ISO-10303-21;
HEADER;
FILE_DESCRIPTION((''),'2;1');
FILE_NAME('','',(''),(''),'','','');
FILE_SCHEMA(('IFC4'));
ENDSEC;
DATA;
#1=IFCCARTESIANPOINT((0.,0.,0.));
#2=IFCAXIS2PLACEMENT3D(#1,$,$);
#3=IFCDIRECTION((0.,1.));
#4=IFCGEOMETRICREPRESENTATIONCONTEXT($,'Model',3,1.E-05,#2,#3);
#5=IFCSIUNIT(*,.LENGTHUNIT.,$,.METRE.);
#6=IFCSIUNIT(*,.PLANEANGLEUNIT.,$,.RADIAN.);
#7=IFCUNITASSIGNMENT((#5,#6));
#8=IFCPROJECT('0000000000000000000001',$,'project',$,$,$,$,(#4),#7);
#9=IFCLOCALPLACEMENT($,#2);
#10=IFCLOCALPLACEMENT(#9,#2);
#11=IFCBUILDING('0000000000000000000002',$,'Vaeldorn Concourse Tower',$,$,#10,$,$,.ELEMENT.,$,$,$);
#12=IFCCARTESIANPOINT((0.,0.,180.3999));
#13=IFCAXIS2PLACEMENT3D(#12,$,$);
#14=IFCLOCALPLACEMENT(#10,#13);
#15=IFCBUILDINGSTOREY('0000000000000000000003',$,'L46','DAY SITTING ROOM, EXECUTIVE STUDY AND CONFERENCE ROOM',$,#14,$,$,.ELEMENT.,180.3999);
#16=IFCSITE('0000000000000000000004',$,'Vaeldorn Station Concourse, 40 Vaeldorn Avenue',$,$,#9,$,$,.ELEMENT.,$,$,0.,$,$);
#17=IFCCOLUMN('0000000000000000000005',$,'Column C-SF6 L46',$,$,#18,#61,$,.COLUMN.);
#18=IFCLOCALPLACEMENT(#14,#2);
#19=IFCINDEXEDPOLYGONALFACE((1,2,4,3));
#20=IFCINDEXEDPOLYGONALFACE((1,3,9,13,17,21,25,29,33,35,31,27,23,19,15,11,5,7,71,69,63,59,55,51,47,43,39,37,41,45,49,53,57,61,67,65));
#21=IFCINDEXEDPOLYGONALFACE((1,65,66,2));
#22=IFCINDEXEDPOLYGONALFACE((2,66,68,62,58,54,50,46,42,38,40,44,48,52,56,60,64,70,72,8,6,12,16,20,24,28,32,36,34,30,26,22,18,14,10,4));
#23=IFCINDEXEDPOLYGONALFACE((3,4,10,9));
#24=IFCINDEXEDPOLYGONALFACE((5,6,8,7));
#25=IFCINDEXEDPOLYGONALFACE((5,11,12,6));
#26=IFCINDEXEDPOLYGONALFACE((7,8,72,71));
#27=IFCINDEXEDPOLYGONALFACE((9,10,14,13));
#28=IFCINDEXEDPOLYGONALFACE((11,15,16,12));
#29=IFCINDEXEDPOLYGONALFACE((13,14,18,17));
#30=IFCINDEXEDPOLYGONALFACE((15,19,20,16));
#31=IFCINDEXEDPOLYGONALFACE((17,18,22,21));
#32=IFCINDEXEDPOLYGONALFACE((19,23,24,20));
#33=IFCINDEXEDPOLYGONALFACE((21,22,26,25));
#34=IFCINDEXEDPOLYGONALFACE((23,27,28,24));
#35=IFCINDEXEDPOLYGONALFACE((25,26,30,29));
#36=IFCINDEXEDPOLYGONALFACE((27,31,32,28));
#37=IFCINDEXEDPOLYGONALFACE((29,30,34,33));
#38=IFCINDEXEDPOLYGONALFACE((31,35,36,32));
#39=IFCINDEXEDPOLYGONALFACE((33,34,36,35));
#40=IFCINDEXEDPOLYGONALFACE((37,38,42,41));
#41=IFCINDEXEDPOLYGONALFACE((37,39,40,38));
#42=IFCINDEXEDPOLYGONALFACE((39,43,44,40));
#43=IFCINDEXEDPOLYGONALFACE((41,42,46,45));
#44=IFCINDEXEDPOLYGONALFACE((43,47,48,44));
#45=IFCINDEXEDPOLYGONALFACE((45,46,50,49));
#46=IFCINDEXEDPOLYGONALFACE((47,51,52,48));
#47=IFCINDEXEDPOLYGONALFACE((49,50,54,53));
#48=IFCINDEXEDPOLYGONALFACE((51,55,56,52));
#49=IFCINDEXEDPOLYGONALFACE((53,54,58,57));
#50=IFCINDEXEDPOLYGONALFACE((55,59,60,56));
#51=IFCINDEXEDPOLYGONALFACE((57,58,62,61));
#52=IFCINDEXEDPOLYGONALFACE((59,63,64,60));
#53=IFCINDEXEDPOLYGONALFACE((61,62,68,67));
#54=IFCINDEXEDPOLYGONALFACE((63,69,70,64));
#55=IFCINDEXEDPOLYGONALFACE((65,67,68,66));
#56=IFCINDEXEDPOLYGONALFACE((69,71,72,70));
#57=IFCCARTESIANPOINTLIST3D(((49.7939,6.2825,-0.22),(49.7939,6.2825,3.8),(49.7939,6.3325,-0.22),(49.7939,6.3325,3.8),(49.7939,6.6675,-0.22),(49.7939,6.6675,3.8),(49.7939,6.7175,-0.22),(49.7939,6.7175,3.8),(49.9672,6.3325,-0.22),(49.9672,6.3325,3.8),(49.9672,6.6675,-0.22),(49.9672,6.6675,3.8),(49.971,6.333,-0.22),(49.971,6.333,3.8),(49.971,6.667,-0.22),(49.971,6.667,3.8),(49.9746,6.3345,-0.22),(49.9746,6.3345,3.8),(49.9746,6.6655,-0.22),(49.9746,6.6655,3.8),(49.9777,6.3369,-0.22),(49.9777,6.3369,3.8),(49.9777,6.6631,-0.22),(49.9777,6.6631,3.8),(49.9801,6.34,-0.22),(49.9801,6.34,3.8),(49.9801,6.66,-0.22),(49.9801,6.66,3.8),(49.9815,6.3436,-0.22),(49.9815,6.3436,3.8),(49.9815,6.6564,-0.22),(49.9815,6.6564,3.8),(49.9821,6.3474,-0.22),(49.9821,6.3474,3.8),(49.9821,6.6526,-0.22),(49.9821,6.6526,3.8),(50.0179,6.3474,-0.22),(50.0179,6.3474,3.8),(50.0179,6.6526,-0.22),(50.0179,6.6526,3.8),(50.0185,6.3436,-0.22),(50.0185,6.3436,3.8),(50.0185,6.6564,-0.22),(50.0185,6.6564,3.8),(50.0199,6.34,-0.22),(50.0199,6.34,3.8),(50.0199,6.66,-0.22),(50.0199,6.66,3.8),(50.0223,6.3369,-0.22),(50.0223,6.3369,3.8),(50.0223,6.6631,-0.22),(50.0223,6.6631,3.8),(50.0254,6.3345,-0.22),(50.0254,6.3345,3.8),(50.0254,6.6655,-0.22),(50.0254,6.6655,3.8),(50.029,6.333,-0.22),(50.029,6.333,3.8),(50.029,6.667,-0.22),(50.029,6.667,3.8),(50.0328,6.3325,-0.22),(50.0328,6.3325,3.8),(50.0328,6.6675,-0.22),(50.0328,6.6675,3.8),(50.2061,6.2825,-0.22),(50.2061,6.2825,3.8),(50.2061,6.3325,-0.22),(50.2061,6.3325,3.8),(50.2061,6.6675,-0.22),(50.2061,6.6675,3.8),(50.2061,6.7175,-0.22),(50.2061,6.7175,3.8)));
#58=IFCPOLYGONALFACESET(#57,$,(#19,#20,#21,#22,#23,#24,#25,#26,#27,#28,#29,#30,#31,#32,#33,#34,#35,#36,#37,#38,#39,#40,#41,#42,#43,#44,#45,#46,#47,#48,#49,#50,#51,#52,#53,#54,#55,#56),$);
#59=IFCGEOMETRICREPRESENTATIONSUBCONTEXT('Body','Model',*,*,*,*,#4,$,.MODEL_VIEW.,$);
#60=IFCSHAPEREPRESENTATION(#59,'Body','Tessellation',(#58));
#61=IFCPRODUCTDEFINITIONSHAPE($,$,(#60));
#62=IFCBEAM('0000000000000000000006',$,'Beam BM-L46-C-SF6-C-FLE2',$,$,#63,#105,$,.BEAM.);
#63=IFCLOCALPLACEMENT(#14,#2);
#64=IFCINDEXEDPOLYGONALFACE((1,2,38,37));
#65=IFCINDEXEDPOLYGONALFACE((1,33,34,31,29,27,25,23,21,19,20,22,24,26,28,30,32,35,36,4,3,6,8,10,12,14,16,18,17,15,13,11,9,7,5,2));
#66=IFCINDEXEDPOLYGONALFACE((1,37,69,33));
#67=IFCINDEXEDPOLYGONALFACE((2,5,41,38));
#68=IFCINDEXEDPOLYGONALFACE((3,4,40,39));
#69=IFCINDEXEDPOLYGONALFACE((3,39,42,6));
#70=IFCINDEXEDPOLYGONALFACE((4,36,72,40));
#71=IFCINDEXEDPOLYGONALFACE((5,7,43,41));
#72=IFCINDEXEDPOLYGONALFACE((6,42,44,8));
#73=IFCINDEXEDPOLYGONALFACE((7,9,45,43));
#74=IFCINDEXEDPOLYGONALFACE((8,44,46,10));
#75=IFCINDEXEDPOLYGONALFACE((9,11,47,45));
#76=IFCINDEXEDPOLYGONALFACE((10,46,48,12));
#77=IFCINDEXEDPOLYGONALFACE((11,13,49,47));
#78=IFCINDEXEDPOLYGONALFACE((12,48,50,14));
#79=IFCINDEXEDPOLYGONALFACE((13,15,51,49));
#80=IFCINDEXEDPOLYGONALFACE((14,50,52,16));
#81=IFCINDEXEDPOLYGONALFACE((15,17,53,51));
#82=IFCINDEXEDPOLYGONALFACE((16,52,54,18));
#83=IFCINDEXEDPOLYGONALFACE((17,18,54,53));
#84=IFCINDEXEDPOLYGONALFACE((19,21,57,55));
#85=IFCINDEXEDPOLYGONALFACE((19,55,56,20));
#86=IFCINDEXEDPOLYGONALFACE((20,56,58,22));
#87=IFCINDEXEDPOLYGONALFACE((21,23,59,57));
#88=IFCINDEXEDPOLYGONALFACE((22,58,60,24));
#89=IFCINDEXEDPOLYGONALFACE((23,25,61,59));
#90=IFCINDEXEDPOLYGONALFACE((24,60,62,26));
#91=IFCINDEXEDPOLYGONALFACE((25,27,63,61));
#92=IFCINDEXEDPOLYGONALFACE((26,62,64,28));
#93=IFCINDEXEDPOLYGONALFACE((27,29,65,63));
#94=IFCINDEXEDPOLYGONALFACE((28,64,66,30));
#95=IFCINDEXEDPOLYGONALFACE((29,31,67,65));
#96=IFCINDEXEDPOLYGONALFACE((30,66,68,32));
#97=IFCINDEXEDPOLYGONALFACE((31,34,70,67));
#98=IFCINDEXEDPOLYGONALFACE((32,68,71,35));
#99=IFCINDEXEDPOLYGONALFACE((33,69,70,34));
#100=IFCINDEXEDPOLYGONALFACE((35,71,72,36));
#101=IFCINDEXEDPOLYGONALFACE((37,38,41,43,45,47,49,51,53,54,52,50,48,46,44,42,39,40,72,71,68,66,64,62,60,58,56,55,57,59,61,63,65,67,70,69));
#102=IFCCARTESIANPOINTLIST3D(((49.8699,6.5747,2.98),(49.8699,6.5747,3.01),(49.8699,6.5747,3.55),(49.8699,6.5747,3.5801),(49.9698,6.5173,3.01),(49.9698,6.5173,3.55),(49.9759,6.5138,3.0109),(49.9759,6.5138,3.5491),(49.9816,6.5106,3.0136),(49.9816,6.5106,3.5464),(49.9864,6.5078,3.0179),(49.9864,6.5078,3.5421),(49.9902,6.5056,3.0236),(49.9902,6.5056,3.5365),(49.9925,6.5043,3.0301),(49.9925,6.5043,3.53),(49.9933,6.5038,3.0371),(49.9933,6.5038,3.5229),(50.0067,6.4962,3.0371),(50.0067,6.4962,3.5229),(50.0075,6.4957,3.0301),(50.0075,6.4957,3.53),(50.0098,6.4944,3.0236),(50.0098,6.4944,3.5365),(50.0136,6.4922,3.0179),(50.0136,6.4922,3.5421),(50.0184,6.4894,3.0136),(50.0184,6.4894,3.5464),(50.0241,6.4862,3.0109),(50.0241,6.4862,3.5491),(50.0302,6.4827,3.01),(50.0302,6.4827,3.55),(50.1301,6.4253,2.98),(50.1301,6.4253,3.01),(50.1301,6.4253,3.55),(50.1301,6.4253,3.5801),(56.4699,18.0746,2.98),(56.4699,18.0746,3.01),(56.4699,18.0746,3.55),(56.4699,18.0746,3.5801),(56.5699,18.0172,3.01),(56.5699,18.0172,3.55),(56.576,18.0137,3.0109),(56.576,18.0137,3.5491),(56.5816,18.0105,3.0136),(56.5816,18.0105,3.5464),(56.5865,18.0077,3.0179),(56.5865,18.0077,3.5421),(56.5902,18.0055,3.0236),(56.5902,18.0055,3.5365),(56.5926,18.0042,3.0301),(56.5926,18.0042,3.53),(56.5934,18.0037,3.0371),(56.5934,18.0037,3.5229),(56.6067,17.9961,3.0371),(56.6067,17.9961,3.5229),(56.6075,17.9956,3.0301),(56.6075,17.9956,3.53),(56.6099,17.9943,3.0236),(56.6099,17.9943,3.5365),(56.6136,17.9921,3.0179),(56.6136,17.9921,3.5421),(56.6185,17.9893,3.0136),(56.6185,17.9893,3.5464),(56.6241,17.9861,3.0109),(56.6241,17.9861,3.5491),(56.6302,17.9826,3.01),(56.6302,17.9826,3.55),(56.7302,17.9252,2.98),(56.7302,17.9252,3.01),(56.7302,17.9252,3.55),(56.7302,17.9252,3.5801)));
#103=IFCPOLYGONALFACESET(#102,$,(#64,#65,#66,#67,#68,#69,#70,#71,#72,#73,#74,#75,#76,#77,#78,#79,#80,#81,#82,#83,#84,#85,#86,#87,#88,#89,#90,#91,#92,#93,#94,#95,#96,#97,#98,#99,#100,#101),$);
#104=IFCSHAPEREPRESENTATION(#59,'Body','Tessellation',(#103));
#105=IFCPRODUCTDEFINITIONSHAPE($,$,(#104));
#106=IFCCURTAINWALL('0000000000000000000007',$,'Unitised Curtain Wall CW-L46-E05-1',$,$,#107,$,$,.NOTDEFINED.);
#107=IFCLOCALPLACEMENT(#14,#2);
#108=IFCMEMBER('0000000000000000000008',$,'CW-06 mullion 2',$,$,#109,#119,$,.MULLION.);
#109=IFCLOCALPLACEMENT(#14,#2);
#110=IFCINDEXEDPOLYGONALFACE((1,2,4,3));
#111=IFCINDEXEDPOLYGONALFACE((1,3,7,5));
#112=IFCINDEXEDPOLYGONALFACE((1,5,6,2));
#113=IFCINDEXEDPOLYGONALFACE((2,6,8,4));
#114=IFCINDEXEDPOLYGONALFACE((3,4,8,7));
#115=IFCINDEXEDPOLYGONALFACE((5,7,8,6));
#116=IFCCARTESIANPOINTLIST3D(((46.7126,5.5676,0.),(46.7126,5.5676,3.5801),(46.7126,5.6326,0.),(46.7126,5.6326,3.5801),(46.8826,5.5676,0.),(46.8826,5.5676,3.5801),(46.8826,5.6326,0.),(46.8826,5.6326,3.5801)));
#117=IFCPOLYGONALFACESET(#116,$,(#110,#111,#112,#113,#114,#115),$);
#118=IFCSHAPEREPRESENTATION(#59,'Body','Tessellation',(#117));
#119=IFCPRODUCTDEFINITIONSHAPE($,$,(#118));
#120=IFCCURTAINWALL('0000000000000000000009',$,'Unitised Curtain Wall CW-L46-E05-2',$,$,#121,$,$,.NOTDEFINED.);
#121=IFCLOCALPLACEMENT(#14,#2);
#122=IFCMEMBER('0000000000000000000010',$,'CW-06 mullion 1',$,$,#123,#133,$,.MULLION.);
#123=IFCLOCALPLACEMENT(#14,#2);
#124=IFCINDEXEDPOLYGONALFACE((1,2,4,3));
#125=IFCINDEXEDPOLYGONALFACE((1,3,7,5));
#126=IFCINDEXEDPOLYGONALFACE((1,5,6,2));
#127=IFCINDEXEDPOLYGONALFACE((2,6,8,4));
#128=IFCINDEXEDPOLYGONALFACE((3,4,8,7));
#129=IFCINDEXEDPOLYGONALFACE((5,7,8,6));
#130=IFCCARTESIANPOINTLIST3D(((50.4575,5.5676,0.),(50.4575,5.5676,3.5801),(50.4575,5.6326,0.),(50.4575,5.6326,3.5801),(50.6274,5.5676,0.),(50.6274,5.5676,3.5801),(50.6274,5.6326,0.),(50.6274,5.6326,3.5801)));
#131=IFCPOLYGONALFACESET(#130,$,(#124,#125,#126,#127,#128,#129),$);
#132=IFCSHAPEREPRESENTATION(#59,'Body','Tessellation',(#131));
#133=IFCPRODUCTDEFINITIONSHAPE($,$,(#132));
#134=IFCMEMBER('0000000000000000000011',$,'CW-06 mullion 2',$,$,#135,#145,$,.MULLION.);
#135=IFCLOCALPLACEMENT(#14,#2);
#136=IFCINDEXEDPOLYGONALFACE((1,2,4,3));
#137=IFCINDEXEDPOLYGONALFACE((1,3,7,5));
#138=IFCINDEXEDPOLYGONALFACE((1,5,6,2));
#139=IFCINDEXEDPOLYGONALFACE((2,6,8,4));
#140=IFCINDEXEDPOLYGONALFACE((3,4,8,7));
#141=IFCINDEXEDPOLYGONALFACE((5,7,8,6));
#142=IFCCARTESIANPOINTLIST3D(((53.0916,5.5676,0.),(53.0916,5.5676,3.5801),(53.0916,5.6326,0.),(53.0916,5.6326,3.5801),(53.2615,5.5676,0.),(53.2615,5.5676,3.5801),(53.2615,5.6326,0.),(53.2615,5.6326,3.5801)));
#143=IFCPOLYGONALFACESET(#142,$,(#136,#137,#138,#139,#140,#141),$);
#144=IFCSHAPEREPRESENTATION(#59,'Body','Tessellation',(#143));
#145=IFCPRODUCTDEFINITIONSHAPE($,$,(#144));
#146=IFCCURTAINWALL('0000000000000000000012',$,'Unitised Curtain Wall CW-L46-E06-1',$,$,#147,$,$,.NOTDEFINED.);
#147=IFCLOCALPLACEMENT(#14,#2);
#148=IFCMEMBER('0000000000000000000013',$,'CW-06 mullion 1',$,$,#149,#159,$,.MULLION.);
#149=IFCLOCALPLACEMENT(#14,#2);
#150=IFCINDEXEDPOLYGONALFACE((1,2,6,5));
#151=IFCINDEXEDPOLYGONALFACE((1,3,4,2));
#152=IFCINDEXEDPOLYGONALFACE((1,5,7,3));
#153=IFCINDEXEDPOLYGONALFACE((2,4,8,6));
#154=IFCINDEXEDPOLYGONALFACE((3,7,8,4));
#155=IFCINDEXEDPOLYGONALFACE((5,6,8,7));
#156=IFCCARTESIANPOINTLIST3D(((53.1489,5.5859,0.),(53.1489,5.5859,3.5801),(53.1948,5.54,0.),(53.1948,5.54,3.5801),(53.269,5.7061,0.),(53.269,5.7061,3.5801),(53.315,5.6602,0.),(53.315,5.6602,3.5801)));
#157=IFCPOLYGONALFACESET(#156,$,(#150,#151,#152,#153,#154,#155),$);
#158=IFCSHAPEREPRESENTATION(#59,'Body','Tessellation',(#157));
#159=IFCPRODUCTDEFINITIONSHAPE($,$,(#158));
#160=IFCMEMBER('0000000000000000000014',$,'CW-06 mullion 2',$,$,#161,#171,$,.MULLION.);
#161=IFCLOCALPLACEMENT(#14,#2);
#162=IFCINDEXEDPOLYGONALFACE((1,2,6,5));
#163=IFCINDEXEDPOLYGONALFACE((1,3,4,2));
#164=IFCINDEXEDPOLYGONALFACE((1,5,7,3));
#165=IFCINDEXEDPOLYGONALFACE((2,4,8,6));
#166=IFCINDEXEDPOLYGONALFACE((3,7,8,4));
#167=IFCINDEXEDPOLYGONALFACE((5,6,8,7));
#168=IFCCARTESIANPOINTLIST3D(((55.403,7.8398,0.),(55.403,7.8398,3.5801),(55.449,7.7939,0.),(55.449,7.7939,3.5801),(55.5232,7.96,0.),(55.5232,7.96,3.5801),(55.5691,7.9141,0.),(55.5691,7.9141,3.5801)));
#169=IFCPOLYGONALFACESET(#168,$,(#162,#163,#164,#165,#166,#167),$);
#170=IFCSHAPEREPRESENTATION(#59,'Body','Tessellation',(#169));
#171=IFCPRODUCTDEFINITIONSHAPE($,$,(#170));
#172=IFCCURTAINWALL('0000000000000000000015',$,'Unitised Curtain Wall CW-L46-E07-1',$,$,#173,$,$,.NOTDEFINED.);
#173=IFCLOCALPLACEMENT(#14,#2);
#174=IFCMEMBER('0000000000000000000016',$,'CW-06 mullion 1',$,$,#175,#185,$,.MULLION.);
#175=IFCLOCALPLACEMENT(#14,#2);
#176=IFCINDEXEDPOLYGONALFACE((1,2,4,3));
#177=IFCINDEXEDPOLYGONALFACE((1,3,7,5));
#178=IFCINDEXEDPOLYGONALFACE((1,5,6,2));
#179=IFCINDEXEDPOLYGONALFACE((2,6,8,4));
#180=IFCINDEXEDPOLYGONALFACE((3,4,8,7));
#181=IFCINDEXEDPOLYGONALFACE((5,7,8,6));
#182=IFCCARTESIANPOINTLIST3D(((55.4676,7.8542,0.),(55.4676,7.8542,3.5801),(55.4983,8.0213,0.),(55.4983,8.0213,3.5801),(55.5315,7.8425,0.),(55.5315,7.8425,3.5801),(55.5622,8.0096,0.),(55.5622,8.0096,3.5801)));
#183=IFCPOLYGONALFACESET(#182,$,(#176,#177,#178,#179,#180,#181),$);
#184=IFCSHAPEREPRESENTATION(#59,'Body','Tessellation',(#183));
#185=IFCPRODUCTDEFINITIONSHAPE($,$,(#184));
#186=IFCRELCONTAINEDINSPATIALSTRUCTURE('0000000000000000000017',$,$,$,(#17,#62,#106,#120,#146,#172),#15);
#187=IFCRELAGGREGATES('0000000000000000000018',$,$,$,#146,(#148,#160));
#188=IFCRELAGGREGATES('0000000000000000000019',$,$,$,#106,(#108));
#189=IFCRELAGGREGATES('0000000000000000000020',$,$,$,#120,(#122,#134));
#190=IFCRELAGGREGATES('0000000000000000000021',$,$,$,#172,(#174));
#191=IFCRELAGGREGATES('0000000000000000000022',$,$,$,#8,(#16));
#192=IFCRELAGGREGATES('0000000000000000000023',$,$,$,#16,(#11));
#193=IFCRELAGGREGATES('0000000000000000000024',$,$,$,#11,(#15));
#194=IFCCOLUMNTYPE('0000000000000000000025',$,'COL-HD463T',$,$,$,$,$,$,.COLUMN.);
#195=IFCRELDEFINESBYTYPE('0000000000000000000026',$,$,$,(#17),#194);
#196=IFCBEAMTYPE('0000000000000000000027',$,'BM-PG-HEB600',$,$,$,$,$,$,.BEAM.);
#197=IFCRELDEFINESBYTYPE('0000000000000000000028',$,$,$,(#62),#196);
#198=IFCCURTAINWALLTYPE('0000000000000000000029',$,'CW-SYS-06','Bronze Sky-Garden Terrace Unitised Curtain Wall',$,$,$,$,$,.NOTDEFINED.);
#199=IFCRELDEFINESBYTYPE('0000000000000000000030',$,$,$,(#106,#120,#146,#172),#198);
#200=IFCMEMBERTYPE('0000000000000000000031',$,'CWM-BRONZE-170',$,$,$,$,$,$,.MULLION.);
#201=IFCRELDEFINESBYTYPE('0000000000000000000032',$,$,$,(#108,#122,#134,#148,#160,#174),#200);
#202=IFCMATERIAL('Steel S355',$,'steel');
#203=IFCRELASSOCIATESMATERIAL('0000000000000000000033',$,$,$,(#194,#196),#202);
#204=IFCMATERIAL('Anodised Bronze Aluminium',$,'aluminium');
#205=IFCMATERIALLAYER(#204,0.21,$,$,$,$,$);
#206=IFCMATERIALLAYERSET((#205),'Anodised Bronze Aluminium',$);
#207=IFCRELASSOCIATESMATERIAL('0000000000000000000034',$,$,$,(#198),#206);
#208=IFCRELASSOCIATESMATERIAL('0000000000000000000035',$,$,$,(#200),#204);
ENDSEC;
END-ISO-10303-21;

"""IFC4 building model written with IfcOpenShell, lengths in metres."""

from ifc_helpers import new_model, si_unit, direction, frame, origin, origin_2d, place, context, subcontext, project, spatial, rectangle, i_section, extrude, source, transform, mapped, material, layer, layer_set, material_profile, profile_set, type_object, element, aggregate, save


model = new_model("IFC4")

# Units and contexts
model_context = context("Model", 3, precision=1e-05, world=origin(), true_north=direction((0.0, 1.0)))
body_context = subcontext(model_context, "Body", "Model", "MODEL_VIEW")
ifc_project = project(units=[si_unit("LENGTHUNIT", "METRE"), si_unit("PLANEANGLEUNIT", "RADIAN")], contexts=[model_context])

# Site, building, storey
site_placement = place(None, origin())
site = spatial("IfcSite", under=ifc_project, at=site_placement, Name="Vaeldorn Station Concourse, 40 Vaeldorn Avenue", CompositionType="ELEMENT", RefElevation=0.0)
building_placement = place(site_placement, origin())
building = spatial("IfcBuilding", under=site, at=building_placement, Name="Vaeldorn Concourse Tower", CompositionType="ELEMENT")
storey_placement = place(building_placement, frame((0.0, 0.0, 180.3999)))
storey = spatial("IfcBuildingStorey", under=building, at=storey_placement, Name="L46", Description="DAY SITTING ROOM, EXECUTIVE STUDY AND CONFERENCE ROOM", CompositionType="ELEMENT", Elevation=180.3999)

# Column
ifc_material_1 = material(Name="Steel S355", Category="steel")
ifc_material_profile_1 = material_profile(ifc_material_1, i_section(OverallWidth=0.4121, OverallDepth=0.4351, WebThickness=0.0359, FlangeThickness=0.05, FilletRadius=0.0149, at=origin_2d()), Name="HD 400x463")
ifc_profile_set_1 = profile_set([ifc_material_profile_1], Name="Steel S355")
column_type = type_object("IfcColumnType", Name="COL-HD463T", PredefinedType="COLUMN", material=ifc_profile_set_1)
shared_shape_1 = source(origin(), body_context, "Body", "SweptSolid", [
    extrude(i_section(OverallWidth=0.4121, OverallDepth=0.4351, WebThickness=0.0359, FlangeThickness=0.05, FilletRadius=0.0149, at=origin_2d()), origin(), (0.0, 0.0, 1.0), 4.02),
])
column_placement = place(storey_placement, frame((50.0, 6.5, -0.22), z_axis=(0.0, 0.0, 1.0), x_axis=(1.0, 0.0, 0.0)))
element("IfcColumn", 1, at=column_placement, inside=storey, type_object=column_type, Name="Column C-SF6 L46", PredefinedType="COLUMN", context=body_context, shape_type="MappedRepresentation", body=[
    mapped(shared_shape_1, transform((0.0, 0.0, 0.0), scale=1.0)),
])

# Beam
ifc_material_profile_2 = material_profile(ifc_material_1, i_section(OverallWidth=0.3, OverallDepth=0.6001, WebThickness=0.0154, FlangeThickness=0.03, FilletRadius=0.0271, at=origin_2d()), Name="HEB 600")
ifc_profile_set_2 = profile_set([ifc_material_profile_2], Name="Steel S355")
beam_type = type_object("IfcBeamType", Name="BM-PG-HEB600", PredefinedType="BEAM", material=ifc_profile_set_2)
shared_shape_2 = source(origin(), body_context, "Body", "SweptSolid", [
    extrude(i_section(OverallWidth=0.3, OverallDepth=0.6001, WebThickness=0.0154, FlangeThickness=0.03, FilletRadius=0.0271, at=origin_2d()), origin(), (0.0, 0.0, 1.0), 13.2593),
])
beam_placement = place(storey_placement, frame((50.0, 6.5, 3.28), z_axis=(0.497768, 0.86731, 0.0), x_axis=(-0.86731, 0.497768, 0.0)))
element("IfcBeam", 2, at=beam_placement, inside=storey, type_object=beam_type, Name="Beam BM-L46-C-SF6-C-FLE2", PredefinedType="BEAM", context=body_context, shape_type="MappedRepresentation", body=[
    mapped(shared_shape_2, transform((0.0, 0.0, 0.0), scale=1.0)),
])

# Curtain wall, member
ifc_material_2 = material(Name="Anodised Bronze Aluminium", Category="aluminium")
ifc_layer_1 = layer(ifc_material_2, 0.21)
ifc_layer_set_1 = layer_set([ifc_layer_1], Name="Anodised Bronze Aluminium")
curtain_wall_type = type_object("IfcCurtainWallType", Name="CW-SYS-06", Description="Bronze Sky-Garden Terrace Unitised Curtain Wall", PredefinedType="NOTDEFINED", material=ifc_layer_set_1)
curtain_wall_1_placement = place(storey_placement, origin())
curtain_wall_1 = element("IfcCurtainWall", 3, at=curtain_wall_1_placement, inside=storey, type_object=curtain_wall_type, Name="Unitised Curtain Wall CW-L46-E05-1", PredefinedType="NOTDEFINED")
ifc_material_profile_3 = material_profile(ifc_material_2, rectangle(XDim=0.0649, YDim=0.1699, at=origin_2d()), Name="CWM 65x170")
ifc_profile_set_3 = profile_set([ifc_material_profile_3], Name="Anodised Bronze Aluminium")
member_type_1 = type_object("IfcMemberType", Name="CWM-BRONZE-170", PredefinedType="MULLION", material=ifc_profile_set_3)
shared_shape_3 = source(origin(), body_context, "Body", "SweptSolid", [
    extrude(rectangle(XDim=0.0649, YDim=0.1699, at=origin_2d()), origin(), (0.0, 0.0, 1.0), 3.5801),
])
member_1_placement = place(storey_placement, frame((46.7976, 5.6001, 0.0), z_axis=(0.0, 0.0, 1.0), x_axis=(0.0, 1.0, 0.0)))
member_1 = element("IfcMember", 4, at=member_1_placement, type_object=member_type_1, Name="CW-06 mullion 2", PredefinedType="MULLION", context=body_context, shape_type="MappedRepresentation", body=[
    mapped(shared_shape_3, transform((0.0, 0.0, 0.0), scale=1.0)),
])

# Curtain walls, members
curtain_wall_2_placement = place(storey_placement, origin())
curtain_wall_2 = element("IfcCurtainWall", 5, at=curtain_wall_2_placement, inside=storey, type_object=curtain_wall_type, Name="Unitised Curtain Wall CW-L46-E05-2", PredefinedType="NOTDEFINED")
member_2_placement = place(storey_placement, frame((50.5425, 5.6001, 0.0), z_axis=(0.0, 0.0, 1.0), x_axis=(0.0, 1.0, 0.0)))
member_2 = element("IfcMember", 6, at=member_2_placement, type_object=member_type_1, Name="CW-06 mullion 1", PredefinedType="MULLION", context=body_context, shape_type="MappedRepresentation", body=[
    mapped(shared_shape_3, transform((0.0, 0.0, 0.0), scale=1.0)),
])
member_3_placement = place(storey_placement, frame((53.1765, 5.6001, 0.0), z_axis=(0.0, 0.0, 1.0), x_axis=(0.0, 1.0, 0.0)))
member_3 = element("IfcMember", 7, at=member_3_placement, type_object=member_type_1, Name="CW-06 mullion 2", PredefinedType="MULLION", context=body_context, shape_type="MappedRepresentation", body=[
    mapped(shared_shape_3, transform((0.0, 0.0, 0.0), scale=1.0)),
])
curtain_wall_3_placement = place(storey_placement, origin())
curtain_wall_3 = element("IfcCurtainWall", 8, at=curtain_wall_3_placement, inside=storey, type_object=curtain_wall_type, Name="Unitised Curtain Wall CW-L46-E06-1", PredefinedType="NOTDEFINED")
member_4_placement = place(storey_placement, frame((53.2319, 5.623, 0.0), z_axis=(0.0, 0.0, 1.0), x_axis=(-0.707107, 0.707107, 0.0)))
member_4 = element("IfcMember", 9, at=member_4_placement, type_object=member_type_1, Name="CW-06 mullion 1", PredefinedType="MULLION", context=body_context, shape_type="MappedRepresentation", body=[
    mapped(shared_shape_3, transform((0.0, 0.0, 0.0), scale=1.0)),
])
member_5_placement = place(storey_placement, frame((55.4861, 7.877, 0.0), z_axis=(0.0, 0.0, 1.0), x_axis=(-0.707107, 0.707107, 0.0)))
member_5 = element("IfcMember", 10, at=member_5_placement, type_object=member_type_1, Name="CW-06 mullion 2", PredefinedType="MULLION", context=body_context, shape_type="MappedRepresentation", body=[
    mapped(shared_shape_3, transform((0.0, 0.0, 0.0), scale=1.0)),
])

# Curtain wall, member
curtain_wall_4_placement = place(storey_placement, origin())
curtain_wall_4 = element("IfcCurtainWall", 11, at=curtain_wall_4_placement, inside=storey, type_object=curtain_wall_type, Name="Unitised Curtain Wall CW-L46-E07-1", PredefinedType="NOTDEFINED")
member_6_placement = place(storey_placement, frame((55.5149, 7.9319, 0.0), z_axis=(0.0, 0.0, 1.0), x_axis=(-0.983559, 0.180585, 0.0)))
member_6 = element("IfcMember", 12, at=member_6_placement, type_object=member_type_1, Name="CW-06 mullion 1", PredefinedType="MULLION", context=body_context, shape_type="MappedRepresentation", body=[
    mapped(shared_shape_3, transform((0.0, 0.0, 0.0), scale=1.0)),
])

aggregate(curtain_wall_3, [member_4, member_5])
aggregate(curtain_wall_1, [member_1])
aggregate(curtain_wall_2, [member_2, member_3])
aggregate(curtain_wall_4, [member_6])

save(model, "model.ifc")
